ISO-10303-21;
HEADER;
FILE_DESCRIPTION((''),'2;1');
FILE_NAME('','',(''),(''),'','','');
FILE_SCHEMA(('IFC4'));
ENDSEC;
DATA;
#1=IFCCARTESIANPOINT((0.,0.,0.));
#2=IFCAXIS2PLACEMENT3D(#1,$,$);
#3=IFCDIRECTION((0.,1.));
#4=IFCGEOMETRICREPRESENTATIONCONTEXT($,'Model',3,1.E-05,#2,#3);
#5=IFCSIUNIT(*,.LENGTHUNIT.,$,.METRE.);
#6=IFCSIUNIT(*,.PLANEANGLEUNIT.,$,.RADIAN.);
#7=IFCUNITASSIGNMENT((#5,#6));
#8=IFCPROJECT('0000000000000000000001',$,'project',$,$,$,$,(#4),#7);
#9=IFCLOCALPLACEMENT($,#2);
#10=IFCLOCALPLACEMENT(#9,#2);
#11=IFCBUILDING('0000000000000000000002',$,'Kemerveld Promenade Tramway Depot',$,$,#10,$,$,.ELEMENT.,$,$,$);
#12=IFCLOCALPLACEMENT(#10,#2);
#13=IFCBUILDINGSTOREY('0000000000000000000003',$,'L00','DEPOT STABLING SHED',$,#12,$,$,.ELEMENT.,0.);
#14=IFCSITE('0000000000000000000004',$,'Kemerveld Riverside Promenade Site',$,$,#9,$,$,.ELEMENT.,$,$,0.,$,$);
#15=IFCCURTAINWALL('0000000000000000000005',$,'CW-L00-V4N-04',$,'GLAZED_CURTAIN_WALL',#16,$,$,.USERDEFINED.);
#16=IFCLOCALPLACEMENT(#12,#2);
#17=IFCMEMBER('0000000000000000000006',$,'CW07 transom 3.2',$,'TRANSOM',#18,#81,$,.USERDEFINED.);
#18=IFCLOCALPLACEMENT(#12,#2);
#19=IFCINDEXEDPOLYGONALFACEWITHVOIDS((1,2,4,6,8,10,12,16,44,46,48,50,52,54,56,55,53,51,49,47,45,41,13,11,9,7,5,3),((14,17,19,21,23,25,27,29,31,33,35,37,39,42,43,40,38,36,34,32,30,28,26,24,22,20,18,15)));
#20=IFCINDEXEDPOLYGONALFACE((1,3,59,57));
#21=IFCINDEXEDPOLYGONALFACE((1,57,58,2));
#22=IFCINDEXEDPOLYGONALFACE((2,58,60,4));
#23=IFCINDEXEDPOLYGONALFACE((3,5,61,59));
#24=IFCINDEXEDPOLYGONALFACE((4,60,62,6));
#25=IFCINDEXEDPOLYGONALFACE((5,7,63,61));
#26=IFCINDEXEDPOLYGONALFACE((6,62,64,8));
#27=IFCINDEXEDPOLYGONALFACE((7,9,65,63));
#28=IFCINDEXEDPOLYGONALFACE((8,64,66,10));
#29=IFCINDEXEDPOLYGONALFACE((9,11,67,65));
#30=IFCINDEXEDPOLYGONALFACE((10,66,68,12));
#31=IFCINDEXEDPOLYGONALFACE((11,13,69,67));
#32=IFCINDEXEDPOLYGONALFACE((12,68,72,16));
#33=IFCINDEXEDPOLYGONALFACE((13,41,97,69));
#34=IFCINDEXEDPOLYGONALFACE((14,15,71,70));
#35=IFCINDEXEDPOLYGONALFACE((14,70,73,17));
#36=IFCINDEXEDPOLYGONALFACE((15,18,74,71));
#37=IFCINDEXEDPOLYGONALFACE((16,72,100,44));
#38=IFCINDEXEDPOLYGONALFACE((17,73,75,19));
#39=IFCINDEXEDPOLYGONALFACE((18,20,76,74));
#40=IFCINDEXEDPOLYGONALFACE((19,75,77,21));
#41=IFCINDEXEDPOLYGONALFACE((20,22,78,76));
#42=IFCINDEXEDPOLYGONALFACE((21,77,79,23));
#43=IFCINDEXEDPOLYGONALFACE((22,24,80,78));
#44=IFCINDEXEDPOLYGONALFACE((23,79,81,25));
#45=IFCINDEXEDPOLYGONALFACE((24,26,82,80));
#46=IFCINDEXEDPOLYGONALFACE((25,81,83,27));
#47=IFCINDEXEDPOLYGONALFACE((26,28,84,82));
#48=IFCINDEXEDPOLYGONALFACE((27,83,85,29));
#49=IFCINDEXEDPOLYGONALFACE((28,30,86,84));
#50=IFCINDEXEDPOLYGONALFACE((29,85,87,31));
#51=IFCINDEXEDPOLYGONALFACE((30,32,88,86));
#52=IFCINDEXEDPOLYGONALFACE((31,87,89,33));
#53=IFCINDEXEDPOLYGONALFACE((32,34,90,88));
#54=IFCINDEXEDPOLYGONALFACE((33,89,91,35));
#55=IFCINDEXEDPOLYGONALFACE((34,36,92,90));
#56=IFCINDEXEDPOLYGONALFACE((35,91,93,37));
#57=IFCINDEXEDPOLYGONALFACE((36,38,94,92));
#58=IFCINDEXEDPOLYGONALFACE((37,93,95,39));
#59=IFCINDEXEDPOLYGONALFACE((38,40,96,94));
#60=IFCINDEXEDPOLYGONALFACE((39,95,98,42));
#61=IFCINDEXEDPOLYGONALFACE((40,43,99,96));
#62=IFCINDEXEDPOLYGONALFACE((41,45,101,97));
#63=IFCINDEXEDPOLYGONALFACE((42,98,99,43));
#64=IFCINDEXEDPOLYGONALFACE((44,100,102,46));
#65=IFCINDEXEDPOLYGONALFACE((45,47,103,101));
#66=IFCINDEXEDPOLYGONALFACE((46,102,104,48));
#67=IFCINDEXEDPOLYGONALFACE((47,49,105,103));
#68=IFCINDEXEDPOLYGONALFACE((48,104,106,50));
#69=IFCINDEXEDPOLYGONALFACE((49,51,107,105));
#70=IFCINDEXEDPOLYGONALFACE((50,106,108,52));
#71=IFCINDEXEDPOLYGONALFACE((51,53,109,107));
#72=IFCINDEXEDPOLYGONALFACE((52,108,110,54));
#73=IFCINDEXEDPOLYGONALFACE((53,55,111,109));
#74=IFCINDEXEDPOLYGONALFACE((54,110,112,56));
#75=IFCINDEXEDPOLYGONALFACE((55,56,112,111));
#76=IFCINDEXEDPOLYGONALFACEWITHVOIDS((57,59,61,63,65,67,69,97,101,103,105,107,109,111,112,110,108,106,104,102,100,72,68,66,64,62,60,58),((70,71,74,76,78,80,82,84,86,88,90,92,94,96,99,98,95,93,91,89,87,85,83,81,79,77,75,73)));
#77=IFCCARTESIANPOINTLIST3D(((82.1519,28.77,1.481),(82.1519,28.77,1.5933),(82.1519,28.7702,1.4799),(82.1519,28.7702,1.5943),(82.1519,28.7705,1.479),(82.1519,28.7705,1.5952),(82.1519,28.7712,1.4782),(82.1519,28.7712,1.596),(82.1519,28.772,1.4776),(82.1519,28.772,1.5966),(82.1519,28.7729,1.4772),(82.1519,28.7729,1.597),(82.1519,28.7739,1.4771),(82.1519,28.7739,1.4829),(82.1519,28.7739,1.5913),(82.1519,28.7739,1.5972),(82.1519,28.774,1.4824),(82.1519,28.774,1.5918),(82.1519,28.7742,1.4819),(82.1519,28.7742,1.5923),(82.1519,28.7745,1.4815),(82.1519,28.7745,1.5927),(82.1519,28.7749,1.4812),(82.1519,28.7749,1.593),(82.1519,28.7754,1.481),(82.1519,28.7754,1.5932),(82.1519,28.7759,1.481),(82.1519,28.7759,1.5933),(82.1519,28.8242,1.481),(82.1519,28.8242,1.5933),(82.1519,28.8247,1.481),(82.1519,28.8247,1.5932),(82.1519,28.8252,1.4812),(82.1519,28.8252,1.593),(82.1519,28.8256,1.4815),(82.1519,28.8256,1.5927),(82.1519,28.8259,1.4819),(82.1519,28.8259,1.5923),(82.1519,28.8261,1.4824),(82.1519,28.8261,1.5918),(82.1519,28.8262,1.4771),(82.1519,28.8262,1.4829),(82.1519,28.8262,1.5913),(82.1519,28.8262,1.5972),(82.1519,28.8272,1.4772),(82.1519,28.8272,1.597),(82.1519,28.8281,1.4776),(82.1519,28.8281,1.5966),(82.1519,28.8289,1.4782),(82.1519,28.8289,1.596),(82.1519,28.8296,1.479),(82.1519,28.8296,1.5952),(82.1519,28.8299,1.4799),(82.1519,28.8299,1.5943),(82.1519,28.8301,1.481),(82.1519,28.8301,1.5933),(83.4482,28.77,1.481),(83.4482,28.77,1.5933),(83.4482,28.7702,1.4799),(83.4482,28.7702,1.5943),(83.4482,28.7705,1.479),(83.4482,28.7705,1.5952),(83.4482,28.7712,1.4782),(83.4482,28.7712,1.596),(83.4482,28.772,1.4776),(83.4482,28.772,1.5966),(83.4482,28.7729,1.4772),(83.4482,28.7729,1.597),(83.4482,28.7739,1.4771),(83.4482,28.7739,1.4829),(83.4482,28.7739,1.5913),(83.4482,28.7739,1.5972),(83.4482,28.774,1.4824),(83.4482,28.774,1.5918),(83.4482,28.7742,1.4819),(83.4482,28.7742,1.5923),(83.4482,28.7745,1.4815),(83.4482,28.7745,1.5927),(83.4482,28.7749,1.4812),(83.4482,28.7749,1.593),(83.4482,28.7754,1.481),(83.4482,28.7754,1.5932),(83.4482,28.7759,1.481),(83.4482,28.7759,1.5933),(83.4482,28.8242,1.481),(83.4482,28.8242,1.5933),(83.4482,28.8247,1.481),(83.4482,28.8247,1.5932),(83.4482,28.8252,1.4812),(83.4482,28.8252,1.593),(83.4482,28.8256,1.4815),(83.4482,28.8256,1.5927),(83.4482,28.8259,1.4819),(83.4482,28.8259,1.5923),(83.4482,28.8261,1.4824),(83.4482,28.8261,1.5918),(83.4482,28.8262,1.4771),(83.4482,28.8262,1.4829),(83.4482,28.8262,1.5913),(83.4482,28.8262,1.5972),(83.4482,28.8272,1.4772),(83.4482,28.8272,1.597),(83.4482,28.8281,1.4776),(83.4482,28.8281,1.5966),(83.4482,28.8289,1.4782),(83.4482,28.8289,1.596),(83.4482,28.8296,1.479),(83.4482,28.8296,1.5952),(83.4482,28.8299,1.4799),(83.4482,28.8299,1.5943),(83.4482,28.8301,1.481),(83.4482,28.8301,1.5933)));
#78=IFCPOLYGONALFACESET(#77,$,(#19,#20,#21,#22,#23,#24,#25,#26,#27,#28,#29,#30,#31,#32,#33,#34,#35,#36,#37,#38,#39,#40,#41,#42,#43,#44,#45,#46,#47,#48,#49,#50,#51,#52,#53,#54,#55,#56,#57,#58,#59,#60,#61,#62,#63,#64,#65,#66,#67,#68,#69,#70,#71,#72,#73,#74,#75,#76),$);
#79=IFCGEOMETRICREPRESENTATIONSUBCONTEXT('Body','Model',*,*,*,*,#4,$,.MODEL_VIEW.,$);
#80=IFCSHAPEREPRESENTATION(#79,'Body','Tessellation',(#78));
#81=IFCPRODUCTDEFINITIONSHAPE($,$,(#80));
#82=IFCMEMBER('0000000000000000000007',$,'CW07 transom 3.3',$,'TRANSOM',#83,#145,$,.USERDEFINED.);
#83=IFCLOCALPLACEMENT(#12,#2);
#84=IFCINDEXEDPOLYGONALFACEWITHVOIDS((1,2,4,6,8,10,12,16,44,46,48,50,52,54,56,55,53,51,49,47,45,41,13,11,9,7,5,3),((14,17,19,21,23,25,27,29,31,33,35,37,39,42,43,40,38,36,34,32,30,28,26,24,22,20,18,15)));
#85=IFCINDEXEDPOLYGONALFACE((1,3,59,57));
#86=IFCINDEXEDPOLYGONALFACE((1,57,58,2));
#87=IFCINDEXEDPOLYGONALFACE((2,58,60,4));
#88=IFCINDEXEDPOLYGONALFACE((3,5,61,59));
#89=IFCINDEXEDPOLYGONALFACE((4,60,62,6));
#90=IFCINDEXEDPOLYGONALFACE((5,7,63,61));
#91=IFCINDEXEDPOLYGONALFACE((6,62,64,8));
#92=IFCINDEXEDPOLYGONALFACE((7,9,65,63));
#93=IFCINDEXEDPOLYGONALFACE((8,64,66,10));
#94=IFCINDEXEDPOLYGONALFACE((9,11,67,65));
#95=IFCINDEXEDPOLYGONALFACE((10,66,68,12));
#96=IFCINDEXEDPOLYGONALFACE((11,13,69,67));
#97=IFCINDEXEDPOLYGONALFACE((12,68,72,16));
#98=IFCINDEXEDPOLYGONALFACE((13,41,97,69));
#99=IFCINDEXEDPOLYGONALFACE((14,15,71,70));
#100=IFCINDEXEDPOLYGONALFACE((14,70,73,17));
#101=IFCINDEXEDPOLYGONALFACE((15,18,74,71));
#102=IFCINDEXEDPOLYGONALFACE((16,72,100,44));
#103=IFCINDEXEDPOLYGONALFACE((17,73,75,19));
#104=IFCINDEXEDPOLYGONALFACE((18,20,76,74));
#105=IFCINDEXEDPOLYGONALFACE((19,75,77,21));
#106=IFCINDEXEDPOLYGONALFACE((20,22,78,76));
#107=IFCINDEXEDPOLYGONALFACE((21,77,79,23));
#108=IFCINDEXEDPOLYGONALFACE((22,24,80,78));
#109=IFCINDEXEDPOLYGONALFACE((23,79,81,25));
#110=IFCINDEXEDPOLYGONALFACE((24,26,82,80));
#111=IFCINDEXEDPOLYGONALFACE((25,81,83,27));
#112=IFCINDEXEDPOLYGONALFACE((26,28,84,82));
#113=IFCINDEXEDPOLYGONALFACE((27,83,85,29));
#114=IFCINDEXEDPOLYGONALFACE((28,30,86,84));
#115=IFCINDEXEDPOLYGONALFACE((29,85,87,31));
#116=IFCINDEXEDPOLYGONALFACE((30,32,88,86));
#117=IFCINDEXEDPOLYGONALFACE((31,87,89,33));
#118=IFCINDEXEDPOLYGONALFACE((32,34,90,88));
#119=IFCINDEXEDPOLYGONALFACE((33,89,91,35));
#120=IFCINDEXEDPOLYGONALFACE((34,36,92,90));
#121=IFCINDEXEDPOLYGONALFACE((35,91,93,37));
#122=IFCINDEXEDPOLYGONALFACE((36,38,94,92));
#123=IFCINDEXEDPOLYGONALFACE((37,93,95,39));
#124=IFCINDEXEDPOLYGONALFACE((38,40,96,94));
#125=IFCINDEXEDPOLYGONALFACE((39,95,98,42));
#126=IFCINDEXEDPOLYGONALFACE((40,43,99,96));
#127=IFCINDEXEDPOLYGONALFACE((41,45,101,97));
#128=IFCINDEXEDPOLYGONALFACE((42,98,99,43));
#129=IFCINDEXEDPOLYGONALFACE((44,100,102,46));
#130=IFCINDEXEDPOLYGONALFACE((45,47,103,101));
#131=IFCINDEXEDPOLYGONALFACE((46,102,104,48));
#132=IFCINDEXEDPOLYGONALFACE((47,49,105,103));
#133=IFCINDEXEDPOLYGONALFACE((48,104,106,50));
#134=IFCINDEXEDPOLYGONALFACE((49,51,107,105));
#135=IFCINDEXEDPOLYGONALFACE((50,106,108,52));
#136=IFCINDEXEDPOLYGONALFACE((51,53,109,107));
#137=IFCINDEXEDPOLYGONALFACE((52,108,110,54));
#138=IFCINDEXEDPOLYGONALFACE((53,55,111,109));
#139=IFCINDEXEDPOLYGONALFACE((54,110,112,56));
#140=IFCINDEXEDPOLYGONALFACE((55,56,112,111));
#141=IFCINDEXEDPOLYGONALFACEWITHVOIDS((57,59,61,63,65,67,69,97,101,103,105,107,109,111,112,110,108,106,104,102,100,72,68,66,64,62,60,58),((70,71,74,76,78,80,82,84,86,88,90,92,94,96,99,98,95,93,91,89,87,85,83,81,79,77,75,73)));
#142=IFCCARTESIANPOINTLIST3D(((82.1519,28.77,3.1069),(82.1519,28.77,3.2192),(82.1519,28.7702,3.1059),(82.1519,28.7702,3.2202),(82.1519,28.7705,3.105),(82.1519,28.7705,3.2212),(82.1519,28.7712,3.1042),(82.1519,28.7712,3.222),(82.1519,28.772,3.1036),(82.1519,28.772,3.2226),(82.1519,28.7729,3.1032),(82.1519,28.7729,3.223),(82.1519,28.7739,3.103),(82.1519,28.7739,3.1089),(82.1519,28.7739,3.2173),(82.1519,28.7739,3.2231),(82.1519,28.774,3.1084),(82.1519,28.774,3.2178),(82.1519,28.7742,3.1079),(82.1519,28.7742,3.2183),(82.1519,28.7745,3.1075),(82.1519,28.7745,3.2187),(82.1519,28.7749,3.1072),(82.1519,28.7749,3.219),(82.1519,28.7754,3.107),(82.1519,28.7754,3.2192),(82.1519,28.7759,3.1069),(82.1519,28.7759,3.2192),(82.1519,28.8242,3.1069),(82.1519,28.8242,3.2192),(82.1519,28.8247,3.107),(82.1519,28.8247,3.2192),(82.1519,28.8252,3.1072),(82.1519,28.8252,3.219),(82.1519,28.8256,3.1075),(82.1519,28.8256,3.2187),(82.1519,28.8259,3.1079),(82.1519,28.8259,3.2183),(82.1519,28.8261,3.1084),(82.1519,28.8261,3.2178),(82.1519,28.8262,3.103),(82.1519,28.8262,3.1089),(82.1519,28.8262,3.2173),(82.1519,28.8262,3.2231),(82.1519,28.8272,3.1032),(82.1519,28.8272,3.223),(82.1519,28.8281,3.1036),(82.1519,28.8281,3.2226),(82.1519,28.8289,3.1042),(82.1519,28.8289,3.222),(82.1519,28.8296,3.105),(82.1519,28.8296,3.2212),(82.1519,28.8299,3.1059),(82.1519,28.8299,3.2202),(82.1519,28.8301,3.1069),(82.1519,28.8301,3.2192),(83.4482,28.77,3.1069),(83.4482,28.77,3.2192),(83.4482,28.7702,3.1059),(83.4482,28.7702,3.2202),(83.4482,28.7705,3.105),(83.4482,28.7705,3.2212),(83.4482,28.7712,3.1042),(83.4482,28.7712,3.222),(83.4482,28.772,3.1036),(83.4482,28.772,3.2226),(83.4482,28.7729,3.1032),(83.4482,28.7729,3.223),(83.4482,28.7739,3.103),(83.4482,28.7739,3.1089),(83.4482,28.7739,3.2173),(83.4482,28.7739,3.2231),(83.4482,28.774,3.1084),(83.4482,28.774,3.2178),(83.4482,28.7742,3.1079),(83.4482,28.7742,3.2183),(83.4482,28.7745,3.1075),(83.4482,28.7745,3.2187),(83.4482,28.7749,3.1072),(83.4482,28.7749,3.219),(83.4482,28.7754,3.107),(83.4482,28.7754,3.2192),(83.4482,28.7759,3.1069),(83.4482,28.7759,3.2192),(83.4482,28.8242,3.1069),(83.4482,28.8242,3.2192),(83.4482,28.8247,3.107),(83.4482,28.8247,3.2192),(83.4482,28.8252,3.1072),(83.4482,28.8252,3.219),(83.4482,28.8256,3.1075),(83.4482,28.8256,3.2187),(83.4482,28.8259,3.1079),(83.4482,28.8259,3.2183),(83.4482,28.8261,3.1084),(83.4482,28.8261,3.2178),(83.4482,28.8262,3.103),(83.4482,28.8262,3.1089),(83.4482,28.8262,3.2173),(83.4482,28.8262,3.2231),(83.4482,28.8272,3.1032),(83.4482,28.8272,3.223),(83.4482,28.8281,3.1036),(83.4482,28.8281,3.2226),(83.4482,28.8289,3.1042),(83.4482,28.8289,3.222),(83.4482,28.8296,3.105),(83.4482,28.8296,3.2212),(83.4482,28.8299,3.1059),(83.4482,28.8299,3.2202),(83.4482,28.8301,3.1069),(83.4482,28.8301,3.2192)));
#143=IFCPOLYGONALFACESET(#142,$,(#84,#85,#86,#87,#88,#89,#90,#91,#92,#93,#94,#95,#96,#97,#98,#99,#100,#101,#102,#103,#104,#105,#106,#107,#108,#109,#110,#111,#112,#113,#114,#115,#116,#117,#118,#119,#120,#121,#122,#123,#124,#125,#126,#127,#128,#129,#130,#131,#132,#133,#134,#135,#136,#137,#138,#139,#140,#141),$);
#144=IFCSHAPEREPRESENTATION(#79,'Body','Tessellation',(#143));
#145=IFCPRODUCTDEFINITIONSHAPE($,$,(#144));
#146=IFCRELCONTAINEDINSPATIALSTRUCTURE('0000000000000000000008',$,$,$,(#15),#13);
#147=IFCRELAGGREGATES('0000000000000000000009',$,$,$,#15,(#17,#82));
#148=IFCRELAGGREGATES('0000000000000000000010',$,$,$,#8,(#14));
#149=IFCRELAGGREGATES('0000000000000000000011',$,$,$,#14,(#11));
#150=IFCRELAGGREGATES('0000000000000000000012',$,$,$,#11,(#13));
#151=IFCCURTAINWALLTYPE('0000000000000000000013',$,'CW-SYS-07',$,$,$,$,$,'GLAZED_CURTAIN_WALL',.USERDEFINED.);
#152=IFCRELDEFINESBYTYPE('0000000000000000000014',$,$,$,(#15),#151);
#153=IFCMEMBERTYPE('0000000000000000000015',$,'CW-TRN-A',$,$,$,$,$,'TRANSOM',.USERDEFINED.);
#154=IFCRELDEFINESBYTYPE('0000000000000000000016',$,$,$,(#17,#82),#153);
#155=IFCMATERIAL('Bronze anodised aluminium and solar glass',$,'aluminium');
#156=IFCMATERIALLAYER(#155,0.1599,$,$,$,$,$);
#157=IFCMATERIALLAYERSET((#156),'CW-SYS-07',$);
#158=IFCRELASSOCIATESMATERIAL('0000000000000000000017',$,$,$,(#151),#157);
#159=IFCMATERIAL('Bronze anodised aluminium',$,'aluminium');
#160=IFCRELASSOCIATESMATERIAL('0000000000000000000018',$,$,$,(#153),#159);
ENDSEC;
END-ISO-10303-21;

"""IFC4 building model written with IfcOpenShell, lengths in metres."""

from ifc_helpers import new_model, si_unit, direction, frame, origin, origin_2d, place, context, subcontext, project, spatial, hollow_rectangle, extrude, material, layer, layer_set, material_profile, profile_set, type_object, element, aggregate, save


model = new_model("IFC4")

# Units and contexts
model_context = context("Model", 3, precision=1e-05, world=origin(), true_north=direction((0.0, 1.0)))
body_context = subcontext(model_context, "Body", "Model", "MODEL_VIEW")
ifc_project = project(units=[si_unit("LENGTHUNIT", "METRE"), si_unit("PLANEANGLEUNIT", "RADIAN")], contexts=[model_context])

# Site, building, storey
site_placement = place(None, origin())
site = spatial("IfcSite", under=ifc_project, at=site_placement, Name="Kemerveld Riverside Promenade Site", CompositionType="ELEMENT", RefElevation=0.0)
building_placement = place(site_placement, origin())
building = spatial("IfcBuilding", under=site, at=building_placement, Name="Kemerveld Promenade Tramway Depot", CompositionType="ELEMENT")
storey_placement = place(building_placement, origin())
storey = spatial("IfcBuildingStorey", under=building, at=storey_placement, Name="L00", Description="DEPOT STABLING SHED", CompositionType="ELEMENT", Elevation=0.0)

# Curtain wall, members
ifc_material_1 = material(Name="Bronze anodised aluminium and solar glass", Category="aluminium")
ifc_layer_1 = layer(ifc_material_1, 0.1599)
ifc_layer_set_1 = layer_set([ifc_layer_1], Name="CW-SYS-07")
curtain_wall_type = type_object("IfcCurtainWallType", Name="CW-SYS-07", ElementType="GLAZED_CURTAIN_WALL", PredefinedType="USERDEFINED", material=ifc_layer_set_1)
curtain_wall_placement = place(storey_placement, origin())
curtain_wall = element("IfcCurtainWall", 1, at=curtain_wall_placement, inside=storey, type_object=curtain_wall_type, Name="CW-L00-V4N-04", ObjectType="GLAZED_CURTAIN_WALL", PredefinedType="USERDEFINED")
ifc_material_2 = material(Name="Bronze anodised aluminium", Category="aluminium")
ifc_material_profile_1 = material_profile(ifc_material_2, hollow_rectangle(XDim=0.0601, YDim=0.1201, WallThickness=0.0039, InnerFilletRadius=0.002, OuterFilletRadius=0.0039, at=origin_2d()), Name="CW-TRN-120x60")
ifc_profile_set_1 = profile_set([ifc_material_profile_1], Name="Bronze anodised aluminium")
member_type = type_object("IfcMemberType", Name="CW-TRN-A", ElementType="TRANSOM", PredefinedType="USERDEFINED", material=ifc_profile_set_1)
member_1_placement = place(storey_placement, frame((82.1519, 28.8, 1.5371), z_axis=(1.0, 0.0, 0.0), x_axis=(0.0, 1.0, 0.0)))
member_1 = element("IfcMember", 2, at=member_1_placement, type_object=member_type, Name="CW07 transom 3.2", ObjectType="TRANSOM", PredefinedType="USERDEFINED", context=body_context, shape_type="SweptSolid", body=[
    extrude(hollow_rectangle(XDim=0.0601, YDim=0.1201, WallThickness=0.0039, InnerFilletRadius=0.002, OuterFilletRadius=0.0039, at=origin_2d()), origin(), (0.0, 0.0, 1.0), 1.2964),
])
member_2_placement = place(storey_placement, frame((82.1519, 28.8, 3.1631), z_axis=(1.0, 0.0, 0.0), x_axis=(0.0, 1.0, 0.0)))
member_2 = element("IfcMember", 3, at=member_2_placement, type_object=member_type, Name="CW07 transom 3.3", ObjectType="TRANSOM", PredefinedType="USERDEFINED", context=body_context, shape_type="SweptSolid", body=[
    extrude(hollow_rectangle(XDim=0.0601, YDim=0.1201, WallThickness=0.0039, InnerFilletRadius=0.002, OuterFilletRadius=0.0039, at=origin_2d()), origin(), (0.0, 0.0, 1.0), 1.2964),
])
aggregate(curtain_wall, [member_1, member_2])

save(model, "model.ifc")
